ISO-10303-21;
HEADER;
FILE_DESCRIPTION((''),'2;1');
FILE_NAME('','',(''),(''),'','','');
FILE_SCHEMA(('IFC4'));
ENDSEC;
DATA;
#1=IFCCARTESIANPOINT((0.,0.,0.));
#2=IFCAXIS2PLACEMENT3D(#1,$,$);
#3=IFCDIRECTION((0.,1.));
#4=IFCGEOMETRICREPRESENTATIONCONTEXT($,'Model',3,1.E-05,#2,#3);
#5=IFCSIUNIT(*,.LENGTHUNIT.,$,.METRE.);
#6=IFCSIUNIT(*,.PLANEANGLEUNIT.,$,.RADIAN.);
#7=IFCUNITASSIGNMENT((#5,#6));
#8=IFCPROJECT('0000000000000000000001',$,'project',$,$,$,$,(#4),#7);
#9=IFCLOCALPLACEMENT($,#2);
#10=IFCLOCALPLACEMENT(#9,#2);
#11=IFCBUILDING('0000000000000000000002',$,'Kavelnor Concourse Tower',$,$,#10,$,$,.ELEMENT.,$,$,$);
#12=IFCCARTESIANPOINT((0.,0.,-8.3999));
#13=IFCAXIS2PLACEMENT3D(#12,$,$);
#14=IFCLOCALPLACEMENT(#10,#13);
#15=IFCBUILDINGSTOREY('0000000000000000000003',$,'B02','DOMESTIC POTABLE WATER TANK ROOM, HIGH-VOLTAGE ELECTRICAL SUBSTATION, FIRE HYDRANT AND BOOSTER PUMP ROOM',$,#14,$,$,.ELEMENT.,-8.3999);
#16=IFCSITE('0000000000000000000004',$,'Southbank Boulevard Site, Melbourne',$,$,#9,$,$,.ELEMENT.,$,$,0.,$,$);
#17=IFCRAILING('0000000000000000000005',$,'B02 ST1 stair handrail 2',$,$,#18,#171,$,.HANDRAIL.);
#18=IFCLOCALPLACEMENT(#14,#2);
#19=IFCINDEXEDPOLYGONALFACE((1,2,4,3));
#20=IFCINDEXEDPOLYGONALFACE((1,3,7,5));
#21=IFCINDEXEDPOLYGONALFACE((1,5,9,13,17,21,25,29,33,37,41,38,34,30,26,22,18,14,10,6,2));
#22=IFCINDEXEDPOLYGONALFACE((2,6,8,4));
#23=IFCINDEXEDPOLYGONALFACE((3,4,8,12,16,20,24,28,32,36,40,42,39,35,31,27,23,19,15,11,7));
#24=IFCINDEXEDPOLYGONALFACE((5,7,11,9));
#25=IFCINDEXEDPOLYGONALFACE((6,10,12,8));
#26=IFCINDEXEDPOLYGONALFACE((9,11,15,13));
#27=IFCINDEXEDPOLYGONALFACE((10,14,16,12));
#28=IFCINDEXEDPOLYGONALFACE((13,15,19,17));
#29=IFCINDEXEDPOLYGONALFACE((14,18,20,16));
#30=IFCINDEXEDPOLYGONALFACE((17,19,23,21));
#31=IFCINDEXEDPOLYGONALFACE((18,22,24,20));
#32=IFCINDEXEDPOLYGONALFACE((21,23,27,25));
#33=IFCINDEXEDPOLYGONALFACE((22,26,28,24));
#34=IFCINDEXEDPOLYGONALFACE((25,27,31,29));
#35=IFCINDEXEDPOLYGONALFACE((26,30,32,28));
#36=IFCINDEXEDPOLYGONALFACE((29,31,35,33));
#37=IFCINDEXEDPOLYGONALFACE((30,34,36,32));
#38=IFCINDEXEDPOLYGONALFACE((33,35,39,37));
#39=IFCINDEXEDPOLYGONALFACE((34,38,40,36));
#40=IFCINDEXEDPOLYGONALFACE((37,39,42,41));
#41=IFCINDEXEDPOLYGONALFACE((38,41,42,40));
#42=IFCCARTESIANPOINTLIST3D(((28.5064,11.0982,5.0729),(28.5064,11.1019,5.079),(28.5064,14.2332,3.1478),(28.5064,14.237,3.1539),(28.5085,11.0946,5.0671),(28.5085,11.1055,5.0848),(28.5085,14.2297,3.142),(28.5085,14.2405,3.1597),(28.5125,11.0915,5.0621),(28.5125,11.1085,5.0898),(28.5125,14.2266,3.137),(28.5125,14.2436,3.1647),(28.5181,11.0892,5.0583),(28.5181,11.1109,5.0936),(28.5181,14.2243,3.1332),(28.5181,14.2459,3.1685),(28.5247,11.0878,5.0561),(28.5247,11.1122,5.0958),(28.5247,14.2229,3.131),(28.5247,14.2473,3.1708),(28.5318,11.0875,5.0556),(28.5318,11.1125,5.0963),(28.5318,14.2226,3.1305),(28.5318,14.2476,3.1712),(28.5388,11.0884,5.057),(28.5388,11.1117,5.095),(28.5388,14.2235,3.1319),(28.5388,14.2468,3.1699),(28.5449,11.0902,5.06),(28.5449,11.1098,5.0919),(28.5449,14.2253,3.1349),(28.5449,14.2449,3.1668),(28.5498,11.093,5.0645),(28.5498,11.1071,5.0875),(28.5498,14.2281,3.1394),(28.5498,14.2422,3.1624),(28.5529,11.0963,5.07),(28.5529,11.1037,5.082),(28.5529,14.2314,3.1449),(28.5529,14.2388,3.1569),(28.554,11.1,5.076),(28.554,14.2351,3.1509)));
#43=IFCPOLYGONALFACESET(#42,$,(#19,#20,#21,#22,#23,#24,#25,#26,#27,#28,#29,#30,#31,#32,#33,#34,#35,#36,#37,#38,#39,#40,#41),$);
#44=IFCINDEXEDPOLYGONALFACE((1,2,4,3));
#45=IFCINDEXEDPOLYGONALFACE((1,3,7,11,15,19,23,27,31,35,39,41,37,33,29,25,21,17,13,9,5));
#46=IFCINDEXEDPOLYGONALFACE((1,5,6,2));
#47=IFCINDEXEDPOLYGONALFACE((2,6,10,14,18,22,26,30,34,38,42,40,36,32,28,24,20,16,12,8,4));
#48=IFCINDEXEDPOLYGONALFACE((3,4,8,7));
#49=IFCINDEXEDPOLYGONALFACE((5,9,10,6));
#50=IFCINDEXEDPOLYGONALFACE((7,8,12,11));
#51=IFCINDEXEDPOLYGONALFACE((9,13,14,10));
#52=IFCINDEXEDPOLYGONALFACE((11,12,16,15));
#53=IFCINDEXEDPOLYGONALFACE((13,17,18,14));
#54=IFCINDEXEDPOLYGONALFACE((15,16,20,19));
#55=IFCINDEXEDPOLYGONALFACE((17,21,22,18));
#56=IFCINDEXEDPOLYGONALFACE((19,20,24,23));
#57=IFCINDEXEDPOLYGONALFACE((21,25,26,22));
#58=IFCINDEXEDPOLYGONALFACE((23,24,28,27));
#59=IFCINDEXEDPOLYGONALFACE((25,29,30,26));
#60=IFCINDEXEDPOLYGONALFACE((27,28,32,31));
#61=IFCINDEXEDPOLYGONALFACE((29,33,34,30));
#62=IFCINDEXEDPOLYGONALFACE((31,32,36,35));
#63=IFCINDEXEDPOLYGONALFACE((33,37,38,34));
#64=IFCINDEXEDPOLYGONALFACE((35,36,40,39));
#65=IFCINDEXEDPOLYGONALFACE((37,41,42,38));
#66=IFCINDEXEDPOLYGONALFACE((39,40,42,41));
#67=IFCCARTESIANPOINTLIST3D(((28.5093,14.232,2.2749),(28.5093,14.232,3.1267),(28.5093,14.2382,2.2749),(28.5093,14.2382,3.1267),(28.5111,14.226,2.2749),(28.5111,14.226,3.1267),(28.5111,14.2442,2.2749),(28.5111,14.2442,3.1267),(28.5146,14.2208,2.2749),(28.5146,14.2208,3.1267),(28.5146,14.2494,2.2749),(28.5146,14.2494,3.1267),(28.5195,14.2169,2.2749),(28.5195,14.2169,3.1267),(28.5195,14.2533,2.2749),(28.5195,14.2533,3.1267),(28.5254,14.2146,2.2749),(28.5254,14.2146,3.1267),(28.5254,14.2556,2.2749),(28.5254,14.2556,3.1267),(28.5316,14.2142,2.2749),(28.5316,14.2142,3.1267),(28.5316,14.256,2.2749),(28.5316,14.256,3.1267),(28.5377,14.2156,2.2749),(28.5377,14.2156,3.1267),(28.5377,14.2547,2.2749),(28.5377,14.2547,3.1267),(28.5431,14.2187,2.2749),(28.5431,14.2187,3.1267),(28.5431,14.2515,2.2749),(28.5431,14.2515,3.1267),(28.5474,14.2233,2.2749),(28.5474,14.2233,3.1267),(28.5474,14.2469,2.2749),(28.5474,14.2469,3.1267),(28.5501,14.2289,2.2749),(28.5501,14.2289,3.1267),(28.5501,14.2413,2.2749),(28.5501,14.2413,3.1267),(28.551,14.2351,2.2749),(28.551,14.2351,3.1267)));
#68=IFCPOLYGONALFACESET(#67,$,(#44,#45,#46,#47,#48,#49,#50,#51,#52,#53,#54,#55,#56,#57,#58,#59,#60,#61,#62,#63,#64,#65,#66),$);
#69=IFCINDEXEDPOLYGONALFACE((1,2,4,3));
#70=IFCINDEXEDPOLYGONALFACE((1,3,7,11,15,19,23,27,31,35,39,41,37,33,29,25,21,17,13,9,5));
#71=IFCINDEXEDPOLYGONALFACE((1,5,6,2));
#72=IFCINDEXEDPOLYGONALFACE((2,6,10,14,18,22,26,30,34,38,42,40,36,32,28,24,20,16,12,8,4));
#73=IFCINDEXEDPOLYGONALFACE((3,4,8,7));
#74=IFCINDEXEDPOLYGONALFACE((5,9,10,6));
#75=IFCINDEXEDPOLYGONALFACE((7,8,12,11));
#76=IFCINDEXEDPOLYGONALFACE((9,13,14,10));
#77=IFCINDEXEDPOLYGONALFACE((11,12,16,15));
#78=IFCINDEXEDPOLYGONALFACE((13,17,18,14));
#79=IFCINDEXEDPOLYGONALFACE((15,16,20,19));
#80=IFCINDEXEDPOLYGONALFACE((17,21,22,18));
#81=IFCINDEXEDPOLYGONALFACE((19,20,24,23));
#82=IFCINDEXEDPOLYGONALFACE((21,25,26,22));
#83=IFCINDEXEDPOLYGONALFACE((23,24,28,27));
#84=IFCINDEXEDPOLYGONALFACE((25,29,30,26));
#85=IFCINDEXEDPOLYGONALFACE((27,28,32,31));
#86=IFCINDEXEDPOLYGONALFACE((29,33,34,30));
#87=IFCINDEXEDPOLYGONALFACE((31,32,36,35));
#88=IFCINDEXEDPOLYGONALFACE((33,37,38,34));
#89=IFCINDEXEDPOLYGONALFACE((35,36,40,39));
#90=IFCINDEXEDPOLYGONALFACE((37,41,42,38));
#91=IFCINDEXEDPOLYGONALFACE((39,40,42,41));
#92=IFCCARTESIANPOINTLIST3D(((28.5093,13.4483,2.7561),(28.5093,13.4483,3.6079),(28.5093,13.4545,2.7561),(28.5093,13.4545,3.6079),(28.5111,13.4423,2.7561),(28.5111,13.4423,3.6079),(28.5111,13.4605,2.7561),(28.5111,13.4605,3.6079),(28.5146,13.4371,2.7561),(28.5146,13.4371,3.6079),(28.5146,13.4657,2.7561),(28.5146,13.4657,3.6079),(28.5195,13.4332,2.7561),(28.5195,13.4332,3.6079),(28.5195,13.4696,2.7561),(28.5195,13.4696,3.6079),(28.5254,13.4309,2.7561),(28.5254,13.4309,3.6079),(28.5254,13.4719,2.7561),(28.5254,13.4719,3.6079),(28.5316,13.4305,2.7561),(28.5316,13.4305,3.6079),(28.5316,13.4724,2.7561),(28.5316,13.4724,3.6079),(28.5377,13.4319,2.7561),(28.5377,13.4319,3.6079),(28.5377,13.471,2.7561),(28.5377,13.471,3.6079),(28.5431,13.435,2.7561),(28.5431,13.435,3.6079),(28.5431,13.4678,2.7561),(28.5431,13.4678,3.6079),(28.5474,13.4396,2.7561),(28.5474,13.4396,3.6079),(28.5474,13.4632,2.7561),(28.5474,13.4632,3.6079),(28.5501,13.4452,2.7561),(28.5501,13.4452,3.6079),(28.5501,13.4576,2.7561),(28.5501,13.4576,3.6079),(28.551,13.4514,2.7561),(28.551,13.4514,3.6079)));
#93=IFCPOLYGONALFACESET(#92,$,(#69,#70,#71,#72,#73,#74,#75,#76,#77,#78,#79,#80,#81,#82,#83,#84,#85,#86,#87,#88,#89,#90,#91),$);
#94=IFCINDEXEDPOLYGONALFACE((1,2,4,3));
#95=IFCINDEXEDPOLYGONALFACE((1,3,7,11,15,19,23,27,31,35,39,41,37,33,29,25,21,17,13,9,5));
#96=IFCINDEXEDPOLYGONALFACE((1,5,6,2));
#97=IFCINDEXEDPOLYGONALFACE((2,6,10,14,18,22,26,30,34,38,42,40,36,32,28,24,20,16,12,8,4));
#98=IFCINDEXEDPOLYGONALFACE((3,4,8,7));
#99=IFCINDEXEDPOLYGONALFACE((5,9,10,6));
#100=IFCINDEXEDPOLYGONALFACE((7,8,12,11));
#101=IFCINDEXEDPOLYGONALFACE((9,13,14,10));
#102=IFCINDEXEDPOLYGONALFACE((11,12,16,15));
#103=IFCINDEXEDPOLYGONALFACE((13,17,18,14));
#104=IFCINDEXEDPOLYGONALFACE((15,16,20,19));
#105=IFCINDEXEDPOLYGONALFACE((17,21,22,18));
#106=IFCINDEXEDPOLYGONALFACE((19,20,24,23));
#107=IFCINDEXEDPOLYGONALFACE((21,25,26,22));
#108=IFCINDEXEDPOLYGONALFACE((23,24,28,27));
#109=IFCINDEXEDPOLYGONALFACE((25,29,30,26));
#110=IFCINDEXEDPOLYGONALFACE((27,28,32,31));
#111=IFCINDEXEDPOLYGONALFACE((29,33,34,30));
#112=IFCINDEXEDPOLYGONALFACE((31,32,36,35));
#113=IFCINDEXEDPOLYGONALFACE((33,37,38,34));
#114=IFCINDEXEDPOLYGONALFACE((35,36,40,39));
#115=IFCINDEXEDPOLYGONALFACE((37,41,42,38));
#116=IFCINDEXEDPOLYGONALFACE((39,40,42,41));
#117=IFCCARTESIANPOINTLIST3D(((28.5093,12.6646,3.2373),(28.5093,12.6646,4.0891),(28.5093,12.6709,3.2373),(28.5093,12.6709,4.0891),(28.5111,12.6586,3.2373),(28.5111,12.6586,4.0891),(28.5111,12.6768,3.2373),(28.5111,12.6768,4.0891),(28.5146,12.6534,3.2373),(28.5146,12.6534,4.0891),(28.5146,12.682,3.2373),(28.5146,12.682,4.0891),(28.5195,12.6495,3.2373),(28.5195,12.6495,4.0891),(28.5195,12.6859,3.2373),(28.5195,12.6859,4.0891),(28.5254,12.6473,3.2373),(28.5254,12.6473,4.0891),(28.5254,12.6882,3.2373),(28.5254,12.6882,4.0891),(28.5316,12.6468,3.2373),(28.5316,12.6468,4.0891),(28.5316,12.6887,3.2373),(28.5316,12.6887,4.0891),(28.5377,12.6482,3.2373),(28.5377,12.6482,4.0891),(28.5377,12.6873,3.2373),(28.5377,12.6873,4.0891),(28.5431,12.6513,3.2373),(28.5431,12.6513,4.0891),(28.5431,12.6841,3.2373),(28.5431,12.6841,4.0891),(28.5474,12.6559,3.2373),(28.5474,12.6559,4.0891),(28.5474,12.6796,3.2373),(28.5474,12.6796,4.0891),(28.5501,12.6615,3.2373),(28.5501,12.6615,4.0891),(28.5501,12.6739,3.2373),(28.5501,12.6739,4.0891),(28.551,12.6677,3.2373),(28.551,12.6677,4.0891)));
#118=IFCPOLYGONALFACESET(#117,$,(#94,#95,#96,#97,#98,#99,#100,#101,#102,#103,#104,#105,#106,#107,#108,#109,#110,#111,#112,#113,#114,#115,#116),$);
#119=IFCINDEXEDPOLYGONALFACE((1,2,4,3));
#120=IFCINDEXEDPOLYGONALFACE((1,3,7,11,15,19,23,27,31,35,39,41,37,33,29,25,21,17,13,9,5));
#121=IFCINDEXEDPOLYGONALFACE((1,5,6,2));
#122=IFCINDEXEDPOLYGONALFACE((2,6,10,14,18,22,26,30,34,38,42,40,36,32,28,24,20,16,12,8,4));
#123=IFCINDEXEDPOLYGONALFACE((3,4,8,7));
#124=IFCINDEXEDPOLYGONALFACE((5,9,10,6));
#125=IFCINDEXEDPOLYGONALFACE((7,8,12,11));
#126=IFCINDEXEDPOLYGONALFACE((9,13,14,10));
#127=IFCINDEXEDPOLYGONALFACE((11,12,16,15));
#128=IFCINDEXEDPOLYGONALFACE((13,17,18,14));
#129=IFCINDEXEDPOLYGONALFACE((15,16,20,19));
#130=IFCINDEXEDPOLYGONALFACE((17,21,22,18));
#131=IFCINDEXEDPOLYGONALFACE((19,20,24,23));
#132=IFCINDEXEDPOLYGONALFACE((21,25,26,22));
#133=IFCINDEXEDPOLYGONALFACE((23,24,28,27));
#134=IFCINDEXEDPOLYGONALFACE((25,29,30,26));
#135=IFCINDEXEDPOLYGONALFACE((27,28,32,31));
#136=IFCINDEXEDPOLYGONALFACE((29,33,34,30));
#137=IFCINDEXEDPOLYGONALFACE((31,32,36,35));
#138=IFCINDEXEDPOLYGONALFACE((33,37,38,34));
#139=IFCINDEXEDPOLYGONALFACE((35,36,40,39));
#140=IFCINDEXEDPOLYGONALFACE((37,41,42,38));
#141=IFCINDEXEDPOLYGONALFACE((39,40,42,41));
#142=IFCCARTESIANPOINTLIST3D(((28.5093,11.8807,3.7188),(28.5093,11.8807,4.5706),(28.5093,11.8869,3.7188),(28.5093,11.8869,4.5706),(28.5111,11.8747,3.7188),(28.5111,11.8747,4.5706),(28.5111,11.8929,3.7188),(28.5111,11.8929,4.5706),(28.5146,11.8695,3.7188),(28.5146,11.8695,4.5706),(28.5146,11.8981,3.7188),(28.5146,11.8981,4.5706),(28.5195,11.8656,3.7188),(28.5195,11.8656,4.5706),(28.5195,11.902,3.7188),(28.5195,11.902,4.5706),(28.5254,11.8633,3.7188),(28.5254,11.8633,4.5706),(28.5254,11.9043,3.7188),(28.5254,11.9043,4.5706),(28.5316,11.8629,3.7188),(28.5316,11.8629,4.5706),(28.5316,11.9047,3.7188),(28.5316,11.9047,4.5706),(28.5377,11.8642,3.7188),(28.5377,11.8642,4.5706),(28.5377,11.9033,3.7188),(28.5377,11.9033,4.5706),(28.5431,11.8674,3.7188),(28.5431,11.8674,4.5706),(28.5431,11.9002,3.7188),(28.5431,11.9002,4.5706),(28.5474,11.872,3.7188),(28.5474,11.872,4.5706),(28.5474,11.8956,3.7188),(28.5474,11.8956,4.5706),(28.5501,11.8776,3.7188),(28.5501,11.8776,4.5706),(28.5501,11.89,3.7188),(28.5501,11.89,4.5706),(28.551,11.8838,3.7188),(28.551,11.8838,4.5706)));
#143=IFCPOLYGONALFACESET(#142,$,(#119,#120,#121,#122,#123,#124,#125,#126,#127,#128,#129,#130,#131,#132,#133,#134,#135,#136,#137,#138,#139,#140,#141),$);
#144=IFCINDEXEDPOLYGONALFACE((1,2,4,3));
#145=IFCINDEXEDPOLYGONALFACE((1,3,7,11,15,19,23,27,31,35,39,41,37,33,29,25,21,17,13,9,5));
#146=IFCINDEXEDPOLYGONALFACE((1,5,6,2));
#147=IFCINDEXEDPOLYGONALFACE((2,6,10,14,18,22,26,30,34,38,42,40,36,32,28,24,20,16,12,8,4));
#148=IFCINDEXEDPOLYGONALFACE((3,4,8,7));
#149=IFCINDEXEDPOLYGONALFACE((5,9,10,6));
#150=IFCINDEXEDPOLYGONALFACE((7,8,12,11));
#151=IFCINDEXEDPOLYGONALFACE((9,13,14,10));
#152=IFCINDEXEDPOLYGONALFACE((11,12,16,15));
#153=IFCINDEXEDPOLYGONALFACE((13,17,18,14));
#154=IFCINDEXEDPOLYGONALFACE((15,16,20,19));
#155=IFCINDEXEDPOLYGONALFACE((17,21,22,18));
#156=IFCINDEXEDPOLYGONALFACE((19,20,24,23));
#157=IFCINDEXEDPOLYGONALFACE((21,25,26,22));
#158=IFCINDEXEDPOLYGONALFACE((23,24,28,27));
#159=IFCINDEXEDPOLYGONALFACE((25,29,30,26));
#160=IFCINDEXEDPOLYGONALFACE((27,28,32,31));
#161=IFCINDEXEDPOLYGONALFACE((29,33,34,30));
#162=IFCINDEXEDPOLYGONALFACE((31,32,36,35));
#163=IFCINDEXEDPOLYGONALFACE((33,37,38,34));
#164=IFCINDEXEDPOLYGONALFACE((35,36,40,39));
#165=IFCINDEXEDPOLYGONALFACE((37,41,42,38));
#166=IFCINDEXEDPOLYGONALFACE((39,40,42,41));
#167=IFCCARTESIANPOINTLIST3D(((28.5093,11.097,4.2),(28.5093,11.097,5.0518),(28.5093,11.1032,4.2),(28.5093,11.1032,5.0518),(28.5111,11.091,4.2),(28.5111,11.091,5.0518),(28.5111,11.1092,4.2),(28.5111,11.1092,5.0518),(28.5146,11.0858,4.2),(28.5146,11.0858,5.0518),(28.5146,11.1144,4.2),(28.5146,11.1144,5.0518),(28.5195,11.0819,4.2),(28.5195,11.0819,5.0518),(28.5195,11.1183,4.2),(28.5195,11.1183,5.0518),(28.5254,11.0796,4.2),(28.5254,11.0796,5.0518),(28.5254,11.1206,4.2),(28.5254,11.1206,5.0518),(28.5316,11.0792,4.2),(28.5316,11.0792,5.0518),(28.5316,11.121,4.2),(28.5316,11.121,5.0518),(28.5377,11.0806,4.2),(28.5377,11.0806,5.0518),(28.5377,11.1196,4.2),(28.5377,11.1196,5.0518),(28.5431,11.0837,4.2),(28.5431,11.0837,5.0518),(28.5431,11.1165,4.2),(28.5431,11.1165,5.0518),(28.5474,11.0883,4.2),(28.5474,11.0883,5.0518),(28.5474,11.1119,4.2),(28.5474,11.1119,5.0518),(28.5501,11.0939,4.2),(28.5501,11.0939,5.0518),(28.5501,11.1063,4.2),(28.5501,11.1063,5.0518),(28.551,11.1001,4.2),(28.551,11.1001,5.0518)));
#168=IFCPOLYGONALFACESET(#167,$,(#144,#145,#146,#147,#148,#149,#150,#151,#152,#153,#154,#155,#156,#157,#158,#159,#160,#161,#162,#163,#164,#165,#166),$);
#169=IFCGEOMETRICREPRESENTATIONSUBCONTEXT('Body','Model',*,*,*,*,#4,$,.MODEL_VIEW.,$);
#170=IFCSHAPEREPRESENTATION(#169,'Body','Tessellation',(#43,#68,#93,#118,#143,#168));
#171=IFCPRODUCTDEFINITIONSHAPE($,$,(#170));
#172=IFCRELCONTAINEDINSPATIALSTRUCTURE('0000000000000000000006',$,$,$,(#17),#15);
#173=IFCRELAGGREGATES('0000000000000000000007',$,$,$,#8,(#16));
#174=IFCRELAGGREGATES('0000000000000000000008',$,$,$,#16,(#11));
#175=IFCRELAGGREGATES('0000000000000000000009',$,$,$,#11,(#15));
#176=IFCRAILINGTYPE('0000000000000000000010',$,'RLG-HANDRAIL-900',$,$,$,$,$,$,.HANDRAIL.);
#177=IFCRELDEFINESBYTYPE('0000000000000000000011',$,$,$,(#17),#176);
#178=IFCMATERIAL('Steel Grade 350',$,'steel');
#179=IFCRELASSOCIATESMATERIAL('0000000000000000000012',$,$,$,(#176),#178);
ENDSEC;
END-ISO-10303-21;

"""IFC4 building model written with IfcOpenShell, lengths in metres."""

from ifc_helpers import new_model, si_unit, direction, frame, origin, origin_2d, place, context, subcontext, project, spatial, circle, extrude, material, type_object, element, save


model = new_model("IFC4")

# Units and contexts
model_context = context("Model", 3, precision=1e-05, world=origin(), true_north=direction((0.0, 1.0)))
body_context = subcontext(model_context, "Body", "Model", "MODEL_VIEW")
ifc_project = project(units=[si_unit("LENGTHUNIT", "METRE"), si_unit("PLANEANGLEUNIT", "RADIAN")], contexts=[model_context])

# Site, building, storey
site_placement = place(None, origin())
site = spatial("IfcSite", under=ifc_project, at=site_placement, Name="Southbank Boulevard Site, Melbourne", CompositionType="ELEMENT", RefElevation=0.0)
building_placement = place(site_placement, origin())
building = spatial("IfcBuilding", under=site, at=building_placement, Name="Kavelnor Concourse Tower", CompositionType="ELEMENT")
storey_placement = place(building_placement, frame((0.0, 0.0, -8.3999)))
storey = spatial("IfcBuildingStorey", under=building, at=storey_placement, Name="B02", Description="DOMESTIC POTABLE WATER TANK ROOM, HIGH-VOLTAGE ELECTRICAL SUBSTATION, FIRE HYDRANT AND BOOSTER PUMP ROOM", CompositionType="ELEMENT", Elevation=-8.3999)

# Shared definitions
ifc_material_1 = material(Name="Steel Grade 350", Category="steel")

# Railing
railing_type_1 = type_object("IfcRailingType", Name="RLG-HANDRAIL-900", PredefinedType="HANDRAIL", material=ifc_material_1)
railing_1_placement = place(storey_placement, frame((28.53, 14.2351, 2.2749)))
element("IfcRailing", 1, at=railing_1_placement, inside=storey, type_object=railing_type_1, Name="B02 ST1 stair handrail 2", PredefinedType="HANDRAIL", context=body_context, shape_type="SweptSolid", body=[
    extrude(circle(Radius=0.0239, at=origin_2d()), frame((0.0, 0.0, 0.876), z_axis=(0.0, -0.852166, 0.523271), x_axis=(1.0, 0.0, 0.0)), (0.0, 0.0, 1.0), 3.679),
    extrude(circle(Radius=0.021, at=origin_2d()), origin(), (0.0, 0.0, 1.0), 0.8518),
    extrude(circle(Radius=0.021, at=origin_2d()), frame((0.0, -0.7837, 0.4812)), (0.0, 0.0, 1.0), 0.8518),
    extrude(circle(Radius=0.021, at=origin_2d()), frame((0.0, -1.5674, 0.9624)), (0.0, 0.0, 1.0), 0.8518),
    extrude(circle(Radius=0.021, at=origin_2d()), frame((0.0, -2.3513, 1.4438)), (0.0, 0.0, 1.0), 0.8518),
    extrude(circle(Radius=0.021, at=origin_2d()), frame((0.0, -3.135, 1.925)), (0.0, 0.0, 1.0), 0.8518),
])

save(model, "model.ifc")
